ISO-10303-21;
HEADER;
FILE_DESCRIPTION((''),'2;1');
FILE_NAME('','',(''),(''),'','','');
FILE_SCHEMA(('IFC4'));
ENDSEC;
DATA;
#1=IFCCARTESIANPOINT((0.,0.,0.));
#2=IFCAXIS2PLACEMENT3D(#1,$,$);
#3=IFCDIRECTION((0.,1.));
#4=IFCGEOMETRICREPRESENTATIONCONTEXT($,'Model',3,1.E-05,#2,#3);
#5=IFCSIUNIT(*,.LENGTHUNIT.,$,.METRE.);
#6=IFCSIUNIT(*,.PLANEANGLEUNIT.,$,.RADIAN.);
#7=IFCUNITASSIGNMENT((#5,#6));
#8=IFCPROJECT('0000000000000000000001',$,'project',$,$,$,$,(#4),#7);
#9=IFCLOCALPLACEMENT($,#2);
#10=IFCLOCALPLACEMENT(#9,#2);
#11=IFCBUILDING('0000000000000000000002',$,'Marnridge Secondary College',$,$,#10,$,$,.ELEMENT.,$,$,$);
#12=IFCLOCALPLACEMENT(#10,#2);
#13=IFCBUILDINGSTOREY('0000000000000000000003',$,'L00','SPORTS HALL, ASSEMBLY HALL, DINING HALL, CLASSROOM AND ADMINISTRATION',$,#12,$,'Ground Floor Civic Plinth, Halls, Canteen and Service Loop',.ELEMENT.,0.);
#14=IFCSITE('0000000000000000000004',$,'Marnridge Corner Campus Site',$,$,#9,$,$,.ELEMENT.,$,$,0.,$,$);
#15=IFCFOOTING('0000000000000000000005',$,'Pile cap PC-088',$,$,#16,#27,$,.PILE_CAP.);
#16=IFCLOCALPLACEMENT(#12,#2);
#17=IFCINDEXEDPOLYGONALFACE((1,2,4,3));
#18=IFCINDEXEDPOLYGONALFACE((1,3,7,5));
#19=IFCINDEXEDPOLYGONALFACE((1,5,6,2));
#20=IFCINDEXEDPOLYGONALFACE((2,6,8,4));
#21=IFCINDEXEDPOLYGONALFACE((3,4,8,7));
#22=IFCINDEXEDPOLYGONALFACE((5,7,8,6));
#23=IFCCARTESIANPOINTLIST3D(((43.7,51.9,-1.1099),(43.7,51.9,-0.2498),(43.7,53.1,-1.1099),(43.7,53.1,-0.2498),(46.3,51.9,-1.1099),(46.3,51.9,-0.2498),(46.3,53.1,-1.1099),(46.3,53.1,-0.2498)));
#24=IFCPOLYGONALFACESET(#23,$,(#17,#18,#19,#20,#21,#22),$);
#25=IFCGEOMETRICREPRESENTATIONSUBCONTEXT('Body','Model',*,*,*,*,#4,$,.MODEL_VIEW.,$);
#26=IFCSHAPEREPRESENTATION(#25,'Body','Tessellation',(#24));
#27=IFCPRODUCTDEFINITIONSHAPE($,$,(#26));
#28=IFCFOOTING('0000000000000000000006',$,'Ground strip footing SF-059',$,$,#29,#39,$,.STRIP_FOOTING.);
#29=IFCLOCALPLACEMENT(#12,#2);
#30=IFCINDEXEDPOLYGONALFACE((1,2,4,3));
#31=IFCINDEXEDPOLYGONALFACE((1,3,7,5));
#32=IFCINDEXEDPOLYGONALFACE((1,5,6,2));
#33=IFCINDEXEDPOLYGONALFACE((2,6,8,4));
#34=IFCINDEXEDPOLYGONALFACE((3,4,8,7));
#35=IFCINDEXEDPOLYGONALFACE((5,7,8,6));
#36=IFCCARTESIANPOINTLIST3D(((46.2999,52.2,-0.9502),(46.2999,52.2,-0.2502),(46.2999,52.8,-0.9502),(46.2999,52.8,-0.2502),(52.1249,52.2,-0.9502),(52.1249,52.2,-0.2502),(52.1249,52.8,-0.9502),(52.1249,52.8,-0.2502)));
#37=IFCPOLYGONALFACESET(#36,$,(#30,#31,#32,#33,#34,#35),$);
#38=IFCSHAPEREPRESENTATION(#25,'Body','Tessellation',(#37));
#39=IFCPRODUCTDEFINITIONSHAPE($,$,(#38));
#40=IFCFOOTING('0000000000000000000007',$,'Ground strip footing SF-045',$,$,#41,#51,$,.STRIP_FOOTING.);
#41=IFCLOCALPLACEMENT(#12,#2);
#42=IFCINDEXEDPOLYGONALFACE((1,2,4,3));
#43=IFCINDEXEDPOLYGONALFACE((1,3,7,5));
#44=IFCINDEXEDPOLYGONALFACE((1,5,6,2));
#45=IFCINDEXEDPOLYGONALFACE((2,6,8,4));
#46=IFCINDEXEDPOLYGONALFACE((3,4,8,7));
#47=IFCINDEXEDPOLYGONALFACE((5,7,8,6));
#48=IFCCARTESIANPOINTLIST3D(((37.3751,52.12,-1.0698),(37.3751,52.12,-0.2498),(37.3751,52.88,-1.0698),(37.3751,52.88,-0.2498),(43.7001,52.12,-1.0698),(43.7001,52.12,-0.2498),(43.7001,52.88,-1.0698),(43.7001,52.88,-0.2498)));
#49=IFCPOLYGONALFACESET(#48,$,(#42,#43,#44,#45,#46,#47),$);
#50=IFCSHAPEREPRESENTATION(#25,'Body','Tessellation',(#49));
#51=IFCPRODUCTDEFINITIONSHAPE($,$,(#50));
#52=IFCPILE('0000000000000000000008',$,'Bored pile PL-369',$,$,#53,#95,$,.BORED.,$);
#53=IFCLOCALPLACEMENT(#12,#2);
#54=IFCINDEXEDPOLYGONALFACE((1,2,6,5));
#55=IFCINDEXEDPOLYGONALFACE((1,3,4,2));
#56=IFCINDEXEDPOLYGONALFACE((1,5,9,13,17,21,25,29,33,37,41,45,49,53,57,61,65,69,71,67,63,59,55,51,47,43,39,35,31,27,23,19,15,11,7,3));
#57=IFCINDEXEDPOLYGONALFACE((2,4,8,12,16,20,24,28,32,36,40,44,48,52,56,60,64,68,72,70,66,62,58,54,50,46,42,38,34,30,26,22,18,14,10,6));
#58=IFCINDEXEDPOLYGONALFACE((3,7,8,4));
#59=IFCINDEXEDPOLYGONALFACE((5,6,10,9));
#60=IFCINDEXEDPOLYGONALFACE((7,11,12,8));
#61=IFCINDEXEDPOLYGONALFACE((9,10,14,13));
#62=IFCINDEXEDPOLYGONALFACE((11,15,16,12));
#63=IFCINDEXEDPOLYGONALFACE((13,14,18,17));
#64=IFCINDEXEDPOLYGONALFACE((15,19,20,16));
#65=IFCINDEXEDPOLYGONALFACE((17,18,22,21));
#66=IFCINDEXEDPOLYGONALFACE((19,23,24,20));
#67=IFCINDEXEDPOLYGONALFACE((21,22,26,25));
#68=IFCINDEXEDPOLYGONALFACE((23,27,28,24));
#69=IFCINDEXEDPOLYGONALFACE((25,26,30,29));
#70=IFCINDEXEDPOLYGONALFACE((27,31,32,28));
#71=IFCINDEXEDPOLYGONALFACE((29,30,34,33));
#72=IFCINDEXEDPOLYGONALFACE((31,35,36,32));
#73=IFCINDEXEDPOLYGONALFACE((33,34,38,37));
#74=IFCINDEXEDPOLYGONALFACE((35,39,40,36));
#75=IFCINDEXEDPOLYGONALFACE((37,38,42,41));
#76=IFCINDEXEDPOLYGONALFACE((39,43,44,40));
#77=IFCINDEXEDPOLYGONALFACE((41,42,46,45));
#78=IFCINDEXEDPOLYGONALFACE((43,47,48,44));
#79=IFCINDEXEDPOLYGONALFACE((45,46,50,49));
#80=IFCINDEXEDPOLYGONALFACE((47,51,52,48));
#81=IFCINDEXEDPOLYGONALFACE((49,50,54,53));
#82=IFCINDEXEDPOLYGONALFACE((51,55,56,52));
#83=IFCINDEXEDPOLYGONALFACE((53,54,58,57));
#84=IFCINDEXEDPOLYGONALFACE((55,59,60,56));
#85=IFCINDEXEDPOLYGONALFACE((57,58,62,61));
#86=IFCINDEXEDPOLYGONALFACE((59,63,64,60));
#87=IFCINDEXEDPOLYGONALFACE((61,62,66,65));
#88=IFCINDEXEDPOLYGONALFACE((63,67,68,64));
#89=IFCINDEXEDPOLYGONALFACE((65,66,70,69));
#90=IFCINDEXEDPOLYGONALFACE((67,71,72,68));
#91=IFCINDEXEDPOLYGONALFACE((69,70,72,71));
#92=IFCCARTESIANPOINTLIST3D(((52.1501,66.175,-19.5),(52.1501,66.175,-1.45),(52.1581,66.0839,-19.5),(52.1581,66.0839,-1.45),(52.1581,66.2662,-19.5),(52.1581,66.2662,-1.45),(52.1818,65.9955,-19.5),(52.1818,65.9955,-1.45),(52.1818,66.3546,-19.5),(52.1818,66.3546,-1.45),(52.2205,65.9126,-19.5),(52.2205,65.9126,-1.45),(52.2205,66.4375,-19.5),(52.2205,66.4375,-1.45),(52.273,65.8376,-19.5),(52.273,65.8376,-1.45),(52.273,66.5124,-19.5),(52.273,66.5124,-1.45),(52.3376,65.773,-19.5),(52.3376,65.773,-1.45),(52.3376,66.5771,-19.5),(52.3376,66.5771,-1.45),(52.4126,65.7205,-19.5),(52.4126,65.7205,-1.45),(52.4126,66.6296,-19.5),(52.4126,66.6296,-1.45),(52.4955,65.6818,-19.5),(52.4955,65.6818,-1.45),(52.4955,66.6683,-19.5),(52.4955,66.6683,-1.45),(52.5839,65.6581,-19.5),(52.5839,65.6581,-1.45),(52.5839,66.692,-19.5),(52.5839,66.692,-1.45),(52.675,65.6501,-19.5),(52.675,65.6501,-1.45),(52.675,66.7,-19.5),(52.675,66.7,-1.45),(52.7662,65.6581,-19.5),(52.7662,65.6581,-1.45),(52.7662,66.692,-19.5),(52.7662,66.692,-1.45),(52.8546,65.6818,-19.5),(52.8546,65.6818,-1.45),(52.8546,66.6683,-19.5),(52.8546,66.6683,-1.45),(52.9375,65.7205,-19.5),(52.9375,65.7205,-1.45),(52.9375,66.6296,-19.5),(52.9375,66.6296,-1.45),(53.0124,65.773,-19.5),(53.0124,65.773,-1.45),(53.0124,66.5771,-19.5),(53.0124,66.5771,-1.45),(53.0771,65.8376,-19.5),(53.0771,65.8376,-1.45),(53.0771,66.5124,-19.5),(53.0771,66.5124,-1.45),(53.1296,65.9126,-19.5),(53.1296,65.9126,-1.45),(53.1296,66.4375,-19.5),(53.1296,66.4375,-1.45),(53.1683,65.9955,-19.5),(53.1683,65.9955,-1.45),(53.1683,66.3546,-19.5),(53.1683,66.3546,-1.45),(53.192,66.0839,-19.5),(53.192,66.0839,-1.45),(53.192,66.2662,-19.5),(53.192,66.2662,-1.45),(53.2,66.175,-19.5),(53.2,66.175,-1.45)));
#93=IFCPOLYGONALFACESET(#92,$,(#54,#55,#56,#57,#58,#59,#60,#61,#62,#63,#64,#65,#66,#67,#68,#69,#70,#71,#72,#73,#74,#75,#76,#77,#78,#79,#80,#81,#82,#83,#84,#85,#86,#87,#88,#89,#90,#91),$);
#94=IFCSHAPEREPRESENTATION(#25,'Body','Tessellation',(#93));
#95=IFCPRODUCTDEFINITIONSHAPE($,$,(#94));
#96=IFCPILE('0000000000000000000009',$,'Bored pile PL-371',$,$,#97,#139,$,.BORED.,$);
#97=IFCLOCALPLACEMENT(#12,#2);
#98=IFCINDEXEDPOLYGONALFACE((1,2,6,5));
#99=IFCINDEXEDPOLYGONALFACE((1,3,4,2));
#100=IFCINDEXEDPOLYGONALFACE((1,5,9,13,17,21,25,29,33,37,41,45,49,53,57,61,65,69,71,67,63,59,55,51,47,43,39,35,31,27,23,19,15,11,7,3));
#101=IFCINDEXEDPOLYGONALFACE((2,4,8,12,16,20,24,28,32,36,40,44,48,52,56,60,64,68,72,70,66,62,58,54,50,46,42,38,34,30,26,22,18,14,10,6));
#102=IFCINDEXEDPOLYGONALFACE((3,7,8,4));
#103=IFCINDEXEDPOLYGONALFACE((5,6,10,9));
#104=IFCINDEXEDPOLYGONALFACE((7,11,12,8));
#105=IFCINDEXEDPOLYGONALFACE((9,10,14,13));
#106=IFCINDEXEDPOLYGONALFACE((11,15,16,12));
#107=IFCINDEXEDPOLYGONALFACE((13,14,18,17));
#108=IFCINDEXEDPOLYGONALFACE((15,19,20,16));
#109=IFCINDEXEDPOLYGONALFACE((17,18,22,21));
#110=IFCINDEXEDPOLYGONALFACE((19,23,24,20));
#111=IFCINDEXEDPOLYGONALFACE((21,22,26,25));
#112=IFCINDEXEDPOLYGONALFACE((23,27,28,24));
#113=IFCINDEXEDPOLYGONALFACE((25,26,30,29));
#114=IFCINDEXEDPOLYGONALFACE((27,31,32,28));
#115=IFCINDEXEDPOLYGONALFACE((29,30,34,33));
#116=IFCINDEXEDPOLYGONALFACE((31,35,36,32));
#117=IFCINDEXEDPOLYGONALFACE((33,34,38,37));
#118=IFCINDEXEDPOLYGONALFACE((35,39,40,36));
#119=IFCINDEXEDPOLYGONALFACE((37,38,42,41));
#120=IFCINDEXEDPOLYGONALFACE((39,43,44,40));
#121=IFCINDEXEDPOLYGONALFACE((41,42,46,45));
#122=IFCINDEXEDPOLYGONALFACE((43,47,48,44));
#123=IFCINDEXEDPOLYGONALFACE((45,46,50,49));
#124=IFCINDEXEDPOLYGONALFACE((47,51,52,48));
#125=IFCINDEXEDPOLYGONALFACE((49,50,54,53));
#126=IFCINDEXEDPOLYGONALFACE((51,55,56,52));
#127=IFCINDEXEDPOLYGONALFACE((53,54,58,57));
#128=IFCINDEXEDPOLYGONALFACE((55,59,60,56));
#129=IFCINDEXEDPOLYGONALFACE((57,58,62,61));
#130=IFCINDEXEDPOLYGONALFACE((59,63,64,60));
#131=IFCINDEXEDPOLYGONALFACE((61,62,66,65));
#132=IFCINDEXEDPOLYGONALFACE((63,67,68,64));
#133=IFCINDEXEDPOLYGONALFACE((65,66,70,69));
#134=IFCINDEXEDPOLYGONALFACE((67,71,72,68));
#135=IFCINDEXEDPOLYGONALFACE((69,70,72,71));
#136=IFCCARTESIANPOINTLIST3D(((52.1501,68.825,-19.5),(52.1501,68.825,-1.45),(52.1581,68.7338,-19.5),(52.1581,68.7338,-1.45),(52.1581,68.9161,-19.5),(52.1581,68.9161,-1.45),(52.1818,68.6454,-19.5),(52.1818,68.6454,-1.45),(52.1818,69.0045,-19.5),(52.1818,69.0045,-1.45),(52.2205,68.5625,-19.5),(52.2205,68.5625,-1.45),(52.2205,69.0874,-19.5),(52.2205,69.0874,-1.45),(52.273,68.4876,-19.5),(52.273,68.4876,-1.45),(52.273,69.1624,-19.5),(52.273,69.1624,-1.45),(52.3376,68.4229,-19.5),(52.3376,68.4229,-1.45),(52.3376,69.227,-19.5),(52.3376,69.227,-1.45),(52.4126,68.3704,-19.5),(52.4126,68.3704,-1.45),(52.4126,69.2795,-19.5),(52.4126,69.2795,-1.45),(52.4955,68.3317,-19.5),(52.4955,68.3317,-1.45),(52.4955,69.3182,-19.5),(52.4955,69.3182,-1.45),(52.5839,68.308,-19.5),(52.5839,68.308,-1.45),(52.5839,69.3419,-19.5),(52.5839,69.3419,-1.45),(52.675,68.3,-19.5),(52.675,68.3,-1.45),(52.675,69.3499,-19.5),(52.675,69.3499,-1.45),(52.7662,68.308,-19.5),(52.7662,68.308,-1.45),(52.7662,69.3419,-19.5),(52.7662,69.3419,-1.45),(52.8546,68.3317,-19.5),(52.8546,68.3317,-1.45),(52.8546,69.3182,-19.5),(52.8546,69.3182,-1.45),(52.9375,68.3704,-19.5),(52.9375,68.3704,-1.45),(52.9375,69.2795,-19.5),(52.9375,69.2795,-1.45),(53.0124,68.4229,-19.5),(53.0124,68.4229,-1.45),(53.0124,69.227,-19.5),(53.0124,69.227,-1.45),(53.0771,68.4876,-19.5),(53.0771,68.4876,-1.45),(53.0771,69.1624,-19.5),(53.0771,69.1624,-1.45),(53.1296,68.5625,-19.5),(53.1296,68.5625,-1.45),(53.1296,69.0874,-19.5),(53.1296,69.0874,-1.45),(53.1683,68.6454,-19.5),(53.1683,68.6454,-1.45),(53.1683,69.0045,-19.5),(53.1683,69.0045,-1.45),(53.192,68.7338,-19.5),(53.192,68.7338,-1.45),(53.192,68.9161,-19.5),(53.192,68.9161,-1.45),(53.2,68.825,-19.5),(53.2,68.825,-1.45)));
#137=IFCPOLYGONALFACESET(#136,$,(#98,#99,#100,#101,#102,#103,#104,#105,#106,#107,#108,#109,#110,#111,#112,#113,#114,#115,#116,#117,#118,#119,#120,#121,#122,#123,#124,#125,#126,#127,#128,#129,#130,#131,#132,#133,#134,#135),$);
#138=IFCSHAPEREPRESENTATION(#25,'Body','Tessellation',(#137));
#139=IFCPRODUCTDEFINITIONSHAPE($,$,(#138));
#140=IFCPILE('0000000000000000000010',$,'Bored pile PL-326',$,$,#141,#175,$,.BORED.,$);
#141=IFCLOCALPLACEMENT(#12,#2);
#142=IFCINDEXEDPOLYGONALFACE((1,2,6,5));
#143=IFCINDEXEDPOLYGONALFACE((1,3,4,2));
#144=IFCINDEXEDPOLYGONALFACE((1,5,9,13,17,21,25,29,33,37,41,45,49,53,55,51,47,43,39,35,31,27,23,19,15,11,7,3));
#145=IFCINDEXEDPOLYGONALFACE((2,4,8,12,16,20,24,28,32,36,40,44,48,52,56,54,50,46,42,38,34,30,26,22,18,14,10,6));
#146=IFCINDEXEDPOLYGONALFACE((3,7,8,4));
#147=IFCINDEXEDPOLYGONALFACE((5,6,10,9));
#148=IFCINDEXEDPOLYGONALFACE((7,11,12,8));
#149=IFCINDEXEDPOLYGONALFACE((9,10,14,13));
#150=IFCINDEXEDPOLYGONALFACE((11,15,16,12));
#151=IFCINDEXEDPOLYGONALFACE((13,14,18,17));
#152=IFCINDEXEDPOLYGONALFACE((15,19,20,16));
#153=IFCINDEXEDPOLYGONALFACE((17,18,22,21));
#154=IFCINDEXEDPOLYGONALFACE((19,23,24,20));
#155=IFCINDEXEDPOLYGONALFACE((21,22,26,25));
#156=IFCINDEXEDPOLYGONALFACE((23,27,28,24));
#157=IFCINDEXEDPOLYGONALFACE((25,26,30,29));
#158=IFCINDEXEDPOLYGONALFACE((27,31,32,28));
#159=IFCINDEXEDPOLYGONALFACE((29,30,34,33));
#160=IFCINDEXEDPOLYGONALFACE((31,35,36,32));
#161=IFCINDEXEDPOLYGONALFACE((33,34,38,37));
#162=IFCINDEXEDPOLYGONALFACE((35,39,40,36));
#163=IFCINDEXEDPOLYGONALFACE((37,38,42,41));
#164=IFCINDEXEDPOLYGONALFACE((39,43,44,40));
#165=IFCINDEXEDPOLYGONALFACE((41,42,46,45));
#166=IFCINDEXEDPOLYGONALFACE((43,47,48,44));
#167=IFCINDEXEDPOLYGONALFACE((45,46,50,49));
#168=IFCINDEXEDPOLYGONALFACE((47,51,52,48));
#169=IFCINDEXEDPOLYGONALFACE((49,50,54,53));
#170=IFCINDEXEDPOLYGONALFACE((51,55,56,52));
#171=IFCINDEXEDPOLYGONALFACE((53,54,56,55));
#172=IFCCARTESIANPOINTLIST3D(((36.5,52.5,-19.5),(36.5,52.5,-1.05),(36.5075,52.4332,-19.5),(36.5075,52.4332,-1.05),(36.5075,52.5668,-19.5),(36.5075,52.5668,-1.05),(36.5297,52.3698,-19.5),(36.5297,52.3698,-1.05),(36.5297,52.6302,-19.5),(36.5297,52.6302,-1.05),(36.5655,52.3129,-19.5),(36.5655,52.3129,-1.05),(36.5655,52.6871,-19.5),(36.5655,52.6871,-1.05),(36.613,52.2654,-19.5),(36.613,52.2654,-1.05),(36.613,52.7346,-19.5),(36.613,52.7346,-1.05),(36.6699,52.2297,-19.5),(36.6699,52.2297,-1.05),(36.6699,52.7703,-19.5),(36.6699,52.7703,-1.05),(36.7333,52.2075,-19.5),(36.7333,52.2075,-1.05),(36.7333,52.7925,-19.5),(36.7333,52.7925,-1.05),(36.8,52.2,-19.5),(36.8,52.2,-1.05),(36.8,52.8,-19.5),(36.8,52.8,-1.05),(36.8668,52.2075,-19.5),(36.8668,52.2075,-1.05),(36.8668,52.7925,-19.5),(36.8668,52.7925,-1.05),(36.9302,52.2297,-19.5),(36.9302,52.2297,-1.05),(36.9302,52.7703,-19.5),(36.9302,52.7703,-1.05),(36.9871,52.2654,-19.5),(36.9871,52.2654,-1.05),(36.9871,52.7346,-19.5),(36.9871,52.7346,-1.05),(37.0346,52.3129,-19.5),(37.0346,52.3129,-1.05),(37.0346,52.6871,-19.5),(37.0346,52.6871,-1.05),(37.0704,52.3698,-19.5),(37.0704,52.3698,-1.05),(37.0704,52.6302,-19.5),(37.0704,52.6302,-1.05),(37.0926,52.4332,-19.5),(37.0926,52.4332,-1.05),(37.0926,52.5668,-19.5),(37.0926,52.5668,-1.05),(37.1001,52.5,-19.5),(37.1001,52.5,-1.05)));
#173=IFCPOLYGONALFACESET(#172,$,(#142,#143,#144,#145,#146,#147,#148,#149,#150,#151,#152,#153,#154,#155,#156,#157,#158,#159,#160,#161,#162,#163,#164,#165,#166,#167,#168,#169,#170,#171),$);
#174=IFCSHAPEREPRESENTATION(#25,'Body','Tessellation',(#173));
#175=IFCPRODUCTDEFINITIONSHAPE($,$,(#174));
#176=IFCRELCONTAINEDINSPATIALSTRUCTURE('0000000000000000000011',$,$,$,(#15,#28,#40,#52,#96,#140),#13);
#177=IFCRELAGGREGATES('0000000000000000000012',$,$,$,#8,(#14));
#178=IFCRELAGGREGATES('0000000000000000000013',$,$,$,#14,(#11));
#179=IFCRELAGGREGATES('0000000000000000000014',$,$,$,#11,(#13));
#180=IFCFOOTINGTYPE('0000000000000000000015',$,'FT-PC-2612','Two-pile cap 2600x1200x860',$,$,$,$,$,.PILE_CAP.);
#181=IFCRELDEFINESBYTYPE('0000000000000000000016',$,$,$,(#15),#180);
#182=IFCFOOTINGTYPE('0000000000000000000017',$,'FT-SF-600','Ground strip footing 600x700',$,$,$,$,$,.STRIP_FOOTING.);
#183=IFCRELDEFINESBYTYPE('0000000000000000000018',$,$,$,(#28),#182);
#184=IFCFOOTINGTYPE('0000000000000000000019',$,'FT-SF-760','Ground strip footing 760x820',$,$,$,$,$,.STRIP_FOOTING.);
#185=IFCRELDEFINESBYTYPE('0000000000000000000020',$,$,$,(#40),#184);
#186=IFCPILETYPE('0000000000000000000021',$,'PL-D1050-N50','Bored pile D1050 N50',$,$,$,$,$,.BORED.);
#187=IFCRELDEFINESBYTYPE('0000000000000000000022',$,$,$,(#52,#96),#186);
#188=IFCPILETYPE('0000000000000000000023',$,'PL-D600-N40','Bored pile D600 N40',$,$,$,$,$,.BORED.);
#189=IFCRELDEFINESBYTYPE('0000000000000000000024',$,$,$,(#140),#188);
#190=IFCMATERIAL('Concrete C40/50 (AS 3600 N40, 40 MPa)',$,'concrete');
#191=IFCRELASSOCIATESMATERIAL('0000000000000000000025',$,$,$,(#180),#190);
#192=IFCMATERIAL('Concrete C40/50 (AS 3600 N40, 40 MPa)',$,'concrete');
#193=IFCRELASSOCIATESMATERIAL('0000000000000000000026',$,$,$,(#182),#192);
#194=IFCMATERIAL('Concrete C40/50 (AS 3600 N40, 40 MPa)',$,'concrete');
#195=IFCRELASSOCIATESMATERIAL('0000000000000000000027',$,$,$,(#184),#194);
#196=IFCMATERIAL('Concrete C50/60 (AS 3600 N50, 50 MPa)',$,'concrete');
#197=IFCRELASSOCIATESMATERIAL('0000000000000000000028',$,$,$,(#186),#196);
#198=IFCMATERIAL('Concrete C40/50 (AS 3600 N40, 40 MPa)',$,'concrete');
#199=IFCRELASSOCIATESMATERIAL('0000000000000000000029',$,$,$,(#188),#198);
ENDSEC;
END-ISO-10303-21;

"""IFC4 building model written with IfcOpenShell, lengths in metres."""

from ifc_helpers import new_model, si_unit, direction, frame, origin, origin_2d, place, context, subcontext, project, spatial, rectangle, circle, extrude, material, material_profile, profile_set, type_object, element, save


model = new_model("IFC4")

# Units and contexts
model_context = context("Model", 3, precision=1e-05, world=origin(), true_north=direction((0.0, 1.0)))
body_context = subcontext(model_context, "Body", "Model", "MODEL_VIEW")
ifc_project = project(units=[si_unit("LENGTHUNIT", "METRE"), si_unit("PLANEANGLEUNIT", "RADIAN")], contexts=[model_context])

# Site, building, storey
site_placement = place(None, origin())
site = spatial("IfcSite", under=ifc_project, at=site_placement, Name="Marnridge Corner Campus Site", CompositionType="ELEMENT", RefElevation=0.0)
building_placement = place(site_placement, origin())
building = spatial("IfcBuilding", under=site, at=building_placement, Name="Marnridge Secondary College", CompositionType="ELEMENT")
storey_placement = place(building_placement, origin())
storey = spatial("IfcBuildingStorey", under=building, at=storey_placement, Name="L00", Description="SPORTS HALL, ASSEMBLY HALL, DINING HALL, CLASSROOM AND ADMINISTRATION", LongName="Ground Floor Civic Plinth, Halls, Canteen and Service Loop", CompositionType="ELEMENT", Elevation=0.0)

# Footings
ifc_material_1 = material(Name="Concrete C40/50 (AS 3600 N40, 40 MPa)", Category="concrete")
footing_type_1 = type_object("IfcFootingType", Name="FT-PC-2612", Description="Two-pile cap 2600x1200x860", PredefinedType="PILE_CAP", material=ifc_material_1)
footing_1_placement = place(storey_placement, frame((45.0, 52.5, -1.1099), z_axis=(0.0, 0.0, 1.0), x_axis=(1.0, 0.0, 0.0)))
element("IfcFooting", 1, at=footing_1_placement, inside=storey, type_object=footing_type_1, Name="Pile cap PC-088", PredefinedType="PILE_CAP", context=body_context, shape_type="SweptSolid", body=[
    extrude(rectangle(XDim=2.6001, YDim=1.2, at=origin_2d()), origin(), (0.0, 0.0, 1.0), 0.8601),
])
ifc_material_2 = material(Name="Concrete C40/50 (AS 3600 N40, 40 MPa)", Category="concrete")
footing_type_2 = type_object("IfcFootingType", Name="FT-SF-600", Description="Ground strip footing 600x700", PredefinedType="STRIP_FOOTING", material=ifc_material_2)
footing_2_placement = place(storey_placement, frame((49.2124, 52.5, -0.9502), z_axis=(0.0, 0.0, 1.0), x_axis=(1.0, 0.0, 0.0)))
element("IfcFooting", 2, at=footing_2_placement, inside=storey, type_object=footing_type_2, Name="Ground strip footing SF-059", PredefinedType="STRIP_FOOTING", context=body_context, shape_type="SweptSolid", body=[
    extrude(rectangle(XDim=5.825, YDim=0.6001, at=origin_2d()), origin(), (0.0, 0.0, 1.0), 0.7),
])
ifc_material_3 = material(Name="Concrete C40/50 (AS 3600 N40, 40 MPa)", Category="concrete")
footing_type_3 = type_object("IfcFootingType", Name="FT-SF-760", Description="Ground strip footing 760x820", PredefinedType="STRIP_FOOTING", material=ifc_material_3)
footing_3_placement = place(storey_placement, frame((40.5376, 52.5, -1.0698), z_axis=(0.0, 0.0, 1.0), x_axis=(1.0, 0.0, 0.0)))
element("IfcFooting", 3, at=footing_3_placement, inside=storey, type_object=footing_type_3, Name="Ground strip footing SF-045", PredefinedType="STRIP_FOOTING", context=body_context, shape_type="SweptSolid", body=[
    extrude(rectangle(XDim=6.325, YDim=0.76, at=origin_2d()), origin(), (0.0, 0.0, 1.0), 0.8201),
])

# Piles
ifc_material_4 = material(Name="Concrete C50/60 (AS 3600 N50, 50 MPa)", Category="concrete")
ifc_material_profile_1 = material_profile(ifc_material_4, circle(Radius=0.5249, at=origin_2d()), Name="PILE D1050")
ifc_profile_set_1 = profile_set([ifc_material_profile_1], Name="Concrete C50/60 (AS 3600 N50, 50 MPa)")
pile_type_1 = type_object("IfcPileType", Name="PL-D1050-N50", Description="Bored pile D1050 N50", PredefinedType="BORED", material=ifc_profile_set_1)
for number, where, z_axis, x_axis, name in (
    (4, (52.675, 66.175, -1.45), (0.0, 0.0, -1.0), (1.0, 0.0, 0.0), "Bored pile PL-369"),
    (5, (52.675, 68.825, -1.45), (0.0, 0.0, -1.0), (1.0, 0.0, 0.0), "Bored pile PL-371"),
):
    element("IfcPile", number, at=place(storey_placement, frame(where, z_axis=z_axis, x_axis=x_axis)), inside=storey, type_object=pile_type_1, Name=name, PredefinedType="BORED", context=body_context, shape_type="SweptSolid", body=[
        extrude(circle(Radius=0.5249, at=origin_2d()), origin(), (0.0, 0.0, 1.0), 18.05),
    ])
ifc_material_5 = material(Name="Concrete C40/50 (AS 3600 N40, 40 MPa)", Category="concrete")
ifc_material_profile_2 = material_profile(ifc_material_5, circle(Radius=0.3, at=origin_2d()), Name="PILE D600")
ifc_profile_set_2 = profile_set([ifc_material_profile_2], Name="Concrete C40/50 (AS 3600 N40, 40 MPa)")
pile_type_2 = type_object("IfcPileType", Name="PL-D600-N40", Description="Bored pile D600 N40", PredefinedType="BORED", material=ifc_profile_set_2)
pile_1_placement = place(storey_placement, frame((36.8, 52.5, -1.05), z_axis=(0.0, 0.0, -1.0), x_axis=(1.0, 0.0, 0.0)))
element("IfcPile", 6, at=pile_1_placement, inside=storey, type_object=pile_type_2, Name="Bored pile PL-326", PredefinedType="BORED", context=body_context, shape_type="SweptSolid", body=[
    extrude(circle(Radius=0.3, at=origin_2d()), origin(), (0.0, 0.0, 1.0), 18.45),
])

save(model, "model.ifc")
